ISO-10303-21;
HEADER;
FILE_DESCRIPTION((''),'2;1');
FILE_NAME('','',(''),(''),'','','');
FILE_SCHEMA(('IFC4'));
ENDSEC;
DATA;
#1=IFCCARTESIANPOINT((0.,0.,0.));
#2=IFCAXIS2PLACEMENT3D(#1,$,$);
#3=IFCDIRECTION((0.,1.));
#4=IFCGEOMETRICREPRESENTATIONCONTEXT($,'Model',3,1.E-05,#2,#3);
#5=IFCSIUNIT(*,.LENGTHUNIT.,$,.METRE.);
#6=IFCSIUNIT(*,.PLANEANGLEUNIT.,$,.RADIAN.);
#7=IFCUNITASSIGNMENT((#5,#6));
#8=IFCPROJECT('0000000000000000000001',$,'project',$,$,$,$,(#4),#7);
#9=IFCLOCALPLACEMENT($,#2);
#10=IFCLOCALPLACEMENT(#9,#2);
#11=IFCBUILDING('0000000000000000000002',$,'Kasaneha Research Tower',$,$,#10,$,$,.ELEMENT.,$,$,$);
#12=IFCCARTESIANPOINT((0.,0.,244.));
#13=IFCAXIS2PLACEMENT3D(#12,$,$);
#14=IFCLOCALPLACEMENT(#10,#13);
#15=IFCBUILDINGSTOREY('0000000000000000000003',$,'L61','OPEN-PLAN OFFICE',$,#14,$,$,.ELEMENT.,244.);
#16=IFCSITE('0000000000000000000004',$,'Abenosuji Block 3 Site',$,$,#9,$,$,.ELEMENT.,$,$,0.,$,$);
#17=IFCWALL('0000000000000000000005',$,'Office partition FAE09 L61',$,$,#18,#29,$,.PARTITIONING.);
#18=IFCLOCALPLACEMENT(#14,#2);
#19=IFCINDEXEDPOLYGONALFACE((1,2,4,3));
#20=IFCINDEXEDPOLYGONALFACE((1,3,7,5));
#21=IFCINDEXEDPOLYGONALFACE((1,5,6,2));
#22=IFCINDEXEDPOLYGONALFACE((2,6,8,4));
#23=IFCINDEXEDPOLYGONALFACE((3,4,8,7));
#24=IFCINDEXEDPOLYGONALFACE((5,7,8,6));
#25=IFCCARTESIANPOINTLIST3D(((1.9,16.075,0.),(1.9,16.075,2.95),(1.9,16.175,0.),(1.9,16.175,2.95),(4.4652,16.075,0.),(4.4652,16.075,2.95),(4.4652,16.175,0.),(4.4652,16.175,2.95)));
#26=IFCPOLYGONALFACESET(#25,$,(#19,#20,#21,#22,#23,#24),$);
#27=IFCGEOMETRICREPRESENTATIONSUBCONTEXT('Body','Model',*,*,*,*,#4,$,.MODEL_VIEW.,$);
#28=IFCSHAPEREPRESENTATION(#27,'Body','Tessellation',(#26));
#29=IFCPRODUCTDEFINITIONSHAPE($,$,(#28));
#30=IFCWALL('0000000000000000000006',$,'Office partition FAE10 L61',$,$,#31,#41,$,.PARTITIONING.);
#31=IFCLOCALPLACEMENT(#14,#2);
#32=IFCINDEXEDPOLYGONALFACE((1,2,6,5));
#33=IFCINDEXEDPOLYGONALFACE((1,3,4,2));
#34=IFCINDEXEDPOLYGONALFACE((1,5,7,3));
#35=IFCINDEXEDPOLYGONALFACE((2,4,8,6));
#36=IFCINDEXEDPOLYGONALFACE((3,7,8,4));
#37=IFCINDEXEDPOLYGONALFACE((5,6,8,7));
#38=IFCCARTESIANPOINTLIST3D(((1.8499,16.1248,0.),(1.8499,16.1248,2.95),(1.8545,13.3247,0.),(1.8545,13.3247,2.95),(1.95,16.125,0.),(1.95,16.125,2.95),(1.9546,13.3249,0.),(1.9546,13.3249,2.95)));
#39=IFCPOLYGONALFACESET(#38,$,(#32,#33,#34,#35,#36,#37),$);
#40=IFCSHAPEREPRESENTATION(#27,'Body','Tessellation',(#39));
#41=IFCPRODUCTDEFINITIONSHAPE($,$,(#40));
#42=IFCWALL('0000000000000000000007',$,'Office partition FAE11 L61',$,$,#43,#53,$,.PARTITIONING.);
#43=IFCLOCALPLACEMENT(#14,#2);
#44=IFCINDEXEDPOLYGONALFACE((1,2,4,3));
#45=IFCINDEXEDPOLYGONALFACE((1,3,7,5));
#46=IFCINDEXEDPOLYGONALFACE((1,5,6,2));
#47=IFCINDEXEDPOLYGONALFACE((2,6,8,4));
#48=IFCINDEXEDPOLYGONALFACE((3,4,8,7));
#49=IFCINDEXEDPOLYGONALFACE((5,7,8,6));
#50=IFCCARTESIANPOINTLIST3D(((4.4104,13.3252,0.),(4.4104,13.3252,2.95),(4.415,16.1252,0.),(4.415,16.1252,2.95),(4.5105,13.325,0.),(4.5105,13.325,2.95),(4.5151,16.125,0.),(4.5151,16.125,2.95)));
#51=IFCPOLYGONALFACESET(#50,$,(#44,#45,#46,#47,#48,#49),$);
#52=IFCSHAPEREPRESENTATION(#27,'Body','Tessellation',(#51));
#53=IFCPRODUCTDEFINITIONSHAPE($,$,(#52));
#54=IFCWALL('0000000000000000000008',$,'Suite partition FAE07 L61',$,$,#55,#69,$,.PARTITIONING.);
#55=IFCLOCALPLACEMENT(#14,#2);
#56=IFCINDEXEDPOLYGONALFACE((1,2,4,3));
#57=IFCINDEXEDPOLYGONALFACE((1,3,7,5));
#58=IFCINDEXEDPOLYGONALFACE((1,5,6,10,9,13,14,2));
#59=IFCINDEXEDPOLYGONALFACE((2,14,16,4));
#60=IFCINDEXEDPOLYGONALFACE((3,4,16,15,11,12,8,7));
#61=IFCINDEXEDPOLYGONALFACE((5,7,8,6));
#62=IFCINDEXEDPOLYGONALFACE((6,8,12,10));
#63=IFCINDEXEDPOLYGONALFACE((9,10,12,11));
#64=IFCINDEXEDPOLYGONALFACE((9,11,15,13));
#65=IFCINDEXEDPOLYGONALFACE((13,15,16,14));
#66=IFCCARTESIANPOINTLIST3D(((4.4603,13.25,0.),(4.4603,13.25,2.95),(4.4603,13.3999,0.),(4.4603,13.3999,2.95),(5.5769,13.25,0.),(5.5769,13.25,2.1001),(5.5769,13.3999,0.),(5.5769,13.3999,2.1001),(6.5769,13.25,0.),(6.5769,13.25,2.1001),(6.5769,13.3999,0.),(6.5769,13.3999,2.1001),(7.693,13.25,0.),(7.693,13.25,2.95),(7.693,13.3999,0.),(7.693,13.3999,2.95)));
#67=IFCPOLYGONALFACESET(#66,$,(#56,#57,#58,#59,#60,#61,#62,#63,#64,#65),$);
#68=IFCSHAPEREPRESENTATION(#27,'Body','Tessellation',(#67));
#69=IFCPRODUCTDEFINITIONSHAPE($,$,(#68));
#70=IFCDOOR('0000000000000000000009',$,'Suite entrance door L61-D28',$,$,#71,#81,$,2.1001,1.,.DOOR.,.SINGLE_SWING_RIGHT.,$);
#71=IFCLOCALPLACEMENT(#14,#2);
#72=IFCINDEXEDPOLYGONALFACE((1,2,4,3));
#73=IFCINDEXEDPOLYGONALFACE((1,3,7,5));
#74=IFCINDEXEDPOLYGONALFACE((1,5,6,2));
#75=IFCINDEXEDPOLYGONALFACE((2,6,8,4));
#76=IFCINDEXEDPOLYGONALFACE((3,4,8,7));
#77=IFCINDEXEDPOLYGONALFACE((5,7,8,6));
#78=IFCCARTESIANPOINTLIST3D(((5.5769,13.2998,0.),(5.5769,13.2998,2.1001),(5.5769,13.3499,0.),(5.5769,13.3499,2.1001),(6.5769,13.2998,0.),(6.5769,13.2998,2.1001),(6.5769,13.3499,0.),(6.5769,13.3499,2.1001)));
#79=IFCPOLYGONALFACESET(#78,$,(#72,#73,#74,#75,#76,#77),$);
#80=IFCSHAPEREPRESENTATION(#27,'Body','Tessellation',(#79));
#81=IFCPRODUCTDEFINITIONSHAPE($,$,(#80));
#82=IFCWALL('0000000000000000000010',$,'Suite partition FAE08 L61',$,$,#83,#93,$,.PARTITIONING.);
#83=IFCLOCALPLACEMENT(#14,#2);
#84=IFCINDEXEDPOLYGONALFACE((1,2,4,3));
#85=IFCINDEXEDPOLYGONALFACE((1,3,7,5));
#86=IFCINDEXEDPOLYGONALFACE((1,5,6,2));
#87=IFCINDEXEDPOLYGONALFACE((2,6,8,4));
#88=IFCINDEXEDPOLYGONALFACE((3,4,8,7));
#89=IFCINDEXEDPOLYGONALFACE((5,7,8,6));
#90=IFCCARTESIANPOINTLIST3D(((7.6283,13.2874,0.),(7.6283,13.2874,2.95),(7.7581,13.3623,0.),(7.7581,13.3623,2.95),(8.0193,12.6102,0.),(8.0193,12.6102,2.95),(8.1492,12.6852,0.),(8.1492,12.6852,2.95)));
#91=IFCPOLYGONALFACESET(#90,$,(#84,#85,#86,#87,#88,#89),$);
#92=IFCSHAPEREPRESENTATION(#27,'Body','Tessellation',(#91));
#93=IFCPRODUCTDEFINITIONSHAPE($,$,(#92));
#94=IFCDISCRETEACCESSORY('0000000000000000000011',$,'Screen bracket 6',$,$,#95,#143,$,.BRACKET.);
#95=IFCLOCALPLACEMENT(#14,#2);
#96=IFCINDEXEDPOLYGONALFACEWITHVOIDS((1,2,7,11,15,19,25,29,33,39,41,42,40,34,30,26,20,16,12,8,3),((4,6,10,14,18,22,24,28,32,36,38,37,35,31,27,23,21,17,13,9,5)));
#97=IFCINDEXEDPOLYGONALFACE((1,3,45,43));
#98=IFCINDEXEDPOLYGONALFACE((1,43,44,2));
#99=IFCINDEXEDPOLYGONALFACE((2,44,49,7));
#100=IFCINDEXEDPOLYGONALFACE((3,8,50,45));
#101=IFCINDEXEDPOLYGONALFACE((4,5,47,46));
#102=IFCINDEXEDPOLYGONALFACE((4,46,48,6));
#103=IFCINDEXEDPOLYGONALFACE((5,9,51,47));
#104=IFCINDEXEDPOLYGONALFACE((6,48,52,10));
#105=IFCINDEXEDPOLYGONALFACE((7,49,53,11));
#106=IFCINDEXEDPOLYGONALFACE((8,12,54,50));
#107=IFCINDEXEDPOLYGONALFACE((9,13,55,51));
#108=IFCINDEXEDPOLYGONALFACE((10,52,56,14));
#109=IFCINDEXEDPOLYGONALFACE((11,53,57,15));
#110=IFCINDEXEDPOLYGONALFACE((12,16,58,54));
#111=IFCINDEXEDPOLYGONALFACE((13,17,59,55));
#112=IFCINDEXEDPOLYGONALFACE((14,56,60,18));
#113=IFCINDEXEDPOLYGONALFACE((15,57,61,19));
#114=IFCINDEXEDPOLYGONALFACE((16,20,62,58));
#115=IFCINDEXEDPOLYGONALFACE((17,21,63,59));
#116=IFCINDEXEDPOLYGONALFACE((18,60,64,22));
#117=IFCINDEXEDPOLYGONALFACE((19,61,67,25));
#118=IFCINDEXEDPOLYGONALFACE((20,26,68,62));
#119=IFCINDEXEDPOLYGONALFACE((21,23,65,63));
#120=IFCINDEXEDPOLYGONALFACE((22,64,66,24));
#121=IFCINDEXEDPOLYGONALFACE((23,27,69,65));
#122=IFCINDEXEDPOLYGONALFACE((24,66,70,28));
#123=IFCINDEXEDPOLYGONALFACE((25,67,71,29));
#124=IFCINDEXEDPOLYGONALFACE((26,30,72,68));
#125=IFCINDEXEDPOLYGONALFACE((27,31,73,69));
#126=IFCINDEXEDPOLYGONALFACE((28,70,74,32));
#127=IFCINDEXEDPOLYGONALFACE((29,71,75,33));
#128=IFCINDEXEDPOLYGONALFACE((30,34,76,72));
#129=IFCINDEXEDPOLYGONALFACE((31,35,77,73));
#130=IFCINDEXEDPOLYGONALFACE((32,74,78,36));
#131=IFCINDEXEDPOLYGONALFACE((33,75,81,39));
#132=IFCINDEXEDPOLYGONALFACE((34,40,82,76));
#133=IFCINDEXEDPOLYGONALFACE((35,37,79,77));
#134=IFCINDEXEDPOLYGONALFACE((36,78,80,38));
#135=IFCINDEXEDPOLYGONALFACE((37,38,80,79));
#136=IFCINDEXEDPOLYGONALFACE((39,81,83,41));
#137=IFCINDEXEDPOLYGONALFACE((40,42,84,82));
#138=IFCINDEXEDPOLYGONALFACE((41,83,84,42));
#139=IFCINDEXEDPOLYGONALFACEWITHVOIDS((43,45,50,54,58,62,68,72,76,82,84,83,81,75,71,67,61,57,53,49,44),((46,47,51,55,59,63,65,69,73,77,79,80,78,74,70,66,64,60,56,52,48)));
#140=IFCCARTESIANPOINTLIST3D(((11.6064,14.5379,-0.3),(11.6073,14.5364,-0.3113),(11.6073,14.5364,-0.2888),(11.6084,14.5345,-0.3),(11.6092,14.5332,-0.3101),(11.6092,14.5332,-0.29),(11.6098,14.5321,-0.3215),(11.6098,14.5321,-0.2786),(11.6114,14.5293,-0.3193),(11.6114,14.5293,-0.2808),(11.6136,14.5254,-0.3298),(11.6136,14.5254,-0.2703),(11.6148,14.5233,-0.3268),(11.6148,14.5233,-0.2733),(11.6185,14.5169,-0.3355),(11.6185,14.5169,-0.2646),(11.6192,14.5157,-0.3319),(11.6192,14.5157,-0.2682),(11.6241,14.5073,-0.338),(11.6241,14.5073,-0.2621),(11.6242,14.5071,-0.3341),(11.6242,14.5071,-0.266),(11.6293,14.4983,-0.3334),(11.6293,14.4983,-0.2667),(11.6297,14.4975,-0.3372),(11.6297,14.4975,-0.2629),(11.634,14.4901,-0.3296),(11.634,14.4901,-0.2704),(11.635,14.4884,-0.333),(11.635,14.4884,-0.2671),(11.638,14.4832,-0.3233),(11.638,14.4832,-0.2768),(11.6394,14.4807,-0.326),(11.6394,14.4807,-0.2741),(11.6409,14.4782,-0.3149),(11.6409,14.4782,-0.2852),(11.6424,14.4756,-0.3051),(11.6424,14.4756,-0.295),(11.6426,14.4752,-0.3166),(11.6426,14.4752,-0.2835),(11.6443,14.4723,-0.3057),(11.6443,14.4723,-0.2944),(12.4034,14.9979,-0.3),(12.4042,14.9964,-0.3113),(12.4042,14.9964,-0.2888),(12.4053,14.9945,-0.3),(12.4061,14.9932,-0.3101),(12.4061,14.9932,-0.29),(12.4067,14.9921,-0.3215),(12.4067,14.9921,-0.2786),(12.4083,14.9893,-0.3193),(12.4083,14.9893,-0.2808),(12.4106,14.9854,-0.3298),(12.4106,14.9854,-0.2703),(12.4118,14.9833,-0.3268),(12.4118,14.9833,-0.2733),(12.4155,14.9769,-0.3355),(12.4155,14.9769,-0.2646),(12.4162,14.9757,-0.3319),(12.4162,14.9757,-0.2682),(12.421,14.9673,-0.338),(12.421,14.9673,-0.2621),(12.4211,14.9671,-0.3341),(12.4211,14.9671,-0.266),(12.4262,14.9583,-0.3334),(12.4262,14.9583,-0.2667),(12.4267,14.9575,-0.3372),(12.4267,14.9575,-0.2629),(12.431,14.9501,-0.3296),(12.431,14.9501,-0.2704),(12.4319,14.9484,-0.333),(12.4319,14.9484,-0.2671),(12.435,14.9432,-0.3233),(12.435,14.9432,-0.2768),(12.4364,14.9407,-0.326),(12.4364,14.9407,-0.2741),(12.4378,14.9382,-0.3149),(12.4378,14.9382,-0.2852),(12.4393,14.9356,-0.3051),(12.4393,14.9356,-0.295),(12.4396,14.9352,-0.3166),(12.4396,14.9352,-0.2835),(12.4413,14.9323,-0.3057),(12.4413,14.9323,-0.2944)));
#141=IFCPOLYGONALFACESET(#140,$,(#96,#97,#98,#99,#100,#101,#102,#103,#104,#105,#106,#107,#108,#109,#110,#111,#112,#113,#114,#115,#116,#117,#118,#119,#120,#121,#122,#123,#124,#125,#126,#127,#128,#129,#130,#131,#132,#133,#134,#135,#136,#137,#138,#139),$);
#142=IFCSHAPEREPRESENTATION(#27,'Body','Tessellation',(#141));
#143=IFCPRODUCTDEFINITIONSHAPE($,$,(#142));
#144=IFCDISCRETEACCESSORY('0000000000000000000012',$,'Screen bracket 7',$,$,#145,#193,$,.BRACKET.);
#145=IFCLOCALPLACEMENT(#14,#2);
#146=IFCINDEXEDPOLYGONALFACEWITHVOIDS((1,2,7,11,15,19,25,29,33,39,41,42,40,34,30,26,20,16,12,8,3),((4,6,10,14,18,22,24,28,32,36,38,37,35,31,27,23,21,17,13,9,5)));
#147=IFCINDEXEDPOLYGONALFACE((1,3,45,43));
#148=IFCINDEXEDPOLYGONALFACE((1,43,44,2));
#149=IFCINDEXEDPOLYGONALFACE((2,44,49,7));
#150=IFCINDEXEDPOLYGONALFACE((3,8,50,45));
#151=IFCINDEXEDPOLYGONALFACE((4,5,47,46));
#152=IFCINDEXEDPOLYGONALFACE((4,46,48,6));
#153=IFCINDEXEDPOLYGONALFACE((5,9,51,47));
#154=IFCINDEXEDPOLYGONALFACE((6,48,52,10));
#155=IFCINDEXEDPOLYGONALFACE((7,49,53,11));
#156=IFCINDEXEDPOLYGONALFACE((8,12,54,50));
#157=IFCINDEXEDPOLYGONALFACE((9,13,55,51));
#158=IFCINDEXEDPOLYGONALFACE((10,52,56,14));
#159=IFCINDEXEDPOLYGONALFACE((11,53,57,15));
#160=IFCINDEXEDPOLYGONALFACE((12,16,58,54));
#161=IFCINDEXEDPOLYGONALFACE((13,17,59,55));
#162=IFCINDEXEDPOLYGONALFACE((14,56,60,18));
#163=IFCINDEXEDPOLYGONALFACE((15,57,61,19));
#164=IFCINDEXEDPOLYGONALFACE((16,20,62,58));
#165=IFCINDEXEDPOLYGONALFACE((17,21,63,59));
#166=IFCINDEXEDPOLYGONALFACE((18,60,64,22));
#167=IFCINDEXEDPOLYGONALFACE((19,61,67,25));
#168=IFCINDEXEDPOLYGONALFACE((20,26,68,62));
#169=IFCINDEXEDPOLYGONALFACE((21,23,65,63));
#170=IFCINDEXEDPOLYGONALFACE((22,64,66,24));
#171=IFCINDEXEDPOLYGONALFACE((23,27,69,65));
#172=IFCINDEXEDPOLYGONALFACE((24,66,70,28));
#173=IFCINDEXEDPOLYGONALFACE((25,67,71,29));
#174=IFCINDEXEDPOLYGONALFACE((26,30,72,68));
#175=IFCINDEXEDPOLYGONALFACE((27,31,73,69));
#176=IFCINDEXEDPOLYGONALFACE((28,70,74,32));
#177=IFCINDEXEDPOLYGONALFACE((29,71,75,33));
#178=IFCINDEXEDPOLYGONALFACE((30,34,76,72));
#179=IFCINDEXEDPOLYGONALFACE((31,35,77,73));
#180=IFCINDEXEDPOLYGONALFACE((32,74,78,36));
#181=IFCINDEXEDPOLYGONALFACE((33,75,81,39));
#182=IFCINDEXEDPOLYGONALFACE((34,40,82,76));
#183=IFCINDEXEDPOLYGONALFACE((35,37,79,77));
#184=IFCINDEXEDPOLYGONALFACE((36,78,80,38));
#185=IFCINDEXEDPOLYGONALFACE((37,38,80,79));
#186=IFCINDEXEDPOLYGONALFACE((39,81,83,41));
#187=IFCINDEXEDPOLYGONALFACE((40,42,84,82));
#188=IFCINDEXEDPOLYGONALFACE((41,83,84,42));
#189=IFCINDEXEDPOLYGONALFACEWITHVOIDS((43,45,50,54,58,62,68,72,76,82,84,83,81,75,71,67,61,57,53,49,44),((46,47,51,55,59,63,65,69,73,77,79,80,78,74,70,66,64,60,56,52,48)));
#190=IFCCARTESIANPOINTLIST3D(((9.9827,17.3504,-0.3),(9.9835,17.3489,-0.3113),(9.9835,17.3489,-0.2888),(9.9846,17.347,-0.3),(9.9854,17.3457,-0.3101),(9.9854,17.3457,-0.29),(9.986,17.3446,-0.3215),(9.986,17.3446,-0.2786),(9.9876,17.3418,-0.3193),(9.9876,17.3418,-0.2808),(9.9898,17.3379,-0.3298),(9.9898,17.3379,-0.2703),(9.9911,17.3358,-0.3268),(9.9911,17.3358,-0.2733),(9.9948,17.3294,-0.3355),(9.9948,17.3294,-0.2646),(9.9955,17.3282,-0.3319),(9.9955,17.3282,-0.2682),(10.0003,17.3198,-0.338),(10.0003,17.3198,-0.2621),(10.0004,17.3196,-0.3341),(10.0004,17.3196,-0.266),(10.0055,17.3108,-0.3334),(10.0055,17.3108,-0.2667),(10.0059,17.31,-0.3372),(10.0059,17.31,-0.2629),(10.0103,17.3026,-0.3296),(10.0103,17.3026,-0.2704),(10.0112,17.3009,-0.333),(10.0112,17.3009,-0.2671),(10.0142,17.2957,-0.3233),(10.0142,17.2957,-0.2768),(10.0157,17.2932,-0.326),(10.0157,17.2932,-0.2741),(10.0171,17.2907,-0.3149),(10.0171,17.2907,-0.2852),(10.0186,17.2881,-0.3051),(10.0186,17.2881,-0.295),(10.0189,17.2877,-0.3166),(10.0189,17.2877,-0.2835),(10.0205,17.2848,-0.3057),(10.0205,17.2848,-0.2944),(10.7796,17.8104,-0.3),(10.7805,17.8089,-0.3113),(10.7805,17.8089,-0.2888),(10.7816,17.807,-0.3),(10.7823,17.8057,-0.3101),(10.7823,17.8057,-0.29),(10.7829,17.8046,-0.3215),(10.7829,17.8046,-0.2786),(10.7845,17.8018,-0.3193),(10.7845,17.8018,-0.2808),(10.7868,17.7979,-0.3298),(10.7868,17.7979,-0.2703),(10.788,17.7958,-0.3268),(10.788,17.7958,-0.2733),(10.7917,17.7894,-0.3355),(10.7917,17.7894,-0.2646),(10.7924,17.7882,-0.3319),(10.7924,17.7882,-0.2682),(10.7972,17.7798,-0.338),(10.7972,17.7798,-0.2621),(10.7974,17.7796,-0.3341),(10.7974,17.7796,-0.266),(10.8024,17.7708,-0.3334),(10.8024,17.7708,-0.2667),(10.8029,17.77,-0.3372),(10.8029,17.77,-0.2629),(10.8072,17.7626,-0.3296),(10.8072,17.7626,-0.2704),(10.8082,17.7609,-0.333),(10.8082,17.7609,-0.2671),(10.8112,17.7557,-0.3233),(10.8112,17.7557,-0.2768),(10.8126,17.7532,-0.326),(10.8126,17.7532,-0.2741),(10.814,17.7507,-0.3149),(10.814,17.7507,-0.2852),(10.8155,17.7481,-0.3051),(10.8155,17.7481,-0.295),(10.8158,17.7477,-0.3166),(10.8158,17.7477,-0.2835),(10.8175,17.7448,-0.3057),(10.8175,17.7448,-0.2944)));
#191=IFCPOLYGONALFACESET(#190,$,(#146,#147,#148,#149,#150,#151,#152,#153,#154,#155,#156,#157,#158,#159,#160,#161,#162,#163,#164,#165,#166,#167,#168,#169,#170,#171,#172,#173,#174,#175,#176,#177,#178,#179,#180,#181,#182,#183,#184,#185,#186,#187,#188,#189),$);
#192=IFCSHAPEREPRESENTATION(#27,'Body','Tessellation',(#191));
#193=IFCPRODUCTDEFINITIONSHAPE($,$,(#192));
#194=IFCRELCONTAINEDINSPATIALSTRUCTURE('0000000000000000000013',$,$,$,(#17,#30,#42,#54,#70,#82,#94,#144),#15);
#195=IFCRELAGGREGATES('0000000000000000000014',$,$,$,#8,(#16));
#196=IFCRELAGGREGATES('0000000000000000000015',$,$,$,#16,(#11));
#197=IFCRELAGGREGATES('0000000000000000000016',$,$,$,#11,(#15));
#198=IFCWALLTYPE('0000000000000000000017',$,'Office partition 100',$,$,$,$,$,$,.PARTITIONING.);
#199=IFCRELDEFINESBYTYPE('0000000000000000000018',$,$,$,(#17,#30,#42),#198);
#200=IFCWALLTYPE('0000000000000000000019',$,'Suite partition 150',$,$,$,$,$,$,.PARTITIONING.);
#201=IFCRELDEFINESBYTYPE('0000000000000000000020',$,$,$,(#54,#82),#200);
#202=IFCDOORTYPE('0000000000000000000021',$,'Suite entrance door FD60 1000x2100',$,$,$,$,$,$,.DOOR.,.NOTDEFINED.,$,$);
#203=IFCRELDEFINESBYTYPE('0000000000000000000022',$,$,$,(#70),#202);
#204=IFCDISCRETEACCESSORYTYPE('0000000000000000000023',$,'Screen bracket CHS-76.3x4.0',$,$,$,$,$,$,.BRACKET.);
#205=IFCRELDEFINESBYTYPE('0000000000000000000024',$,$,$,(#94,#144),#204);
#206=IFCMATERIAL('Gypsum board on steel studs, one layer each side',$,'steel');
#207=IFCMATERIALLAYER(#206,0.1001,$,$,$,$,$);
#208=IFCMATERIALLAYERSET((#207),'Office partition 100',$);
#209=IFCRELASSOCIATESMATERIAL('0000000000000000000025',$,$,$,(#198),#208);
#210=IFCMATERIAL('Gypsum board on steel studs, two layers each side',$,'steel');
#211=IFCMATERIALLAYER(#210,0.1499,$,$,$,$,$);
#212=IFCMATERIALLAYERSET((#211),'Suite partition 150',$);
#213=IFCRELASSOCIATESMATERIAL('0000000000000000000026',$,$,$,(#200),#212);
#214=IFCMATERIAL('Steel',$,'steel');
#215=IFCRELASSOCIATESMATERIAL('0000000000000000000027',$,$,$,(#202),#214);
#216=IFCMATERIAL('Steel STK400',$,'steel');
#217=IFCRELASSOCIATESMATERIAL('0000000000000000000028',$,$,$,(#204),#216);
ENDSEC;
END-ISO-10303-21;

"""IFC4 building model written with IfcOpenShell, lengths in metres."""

from ifc_helpers import new_model, si_unit, direction, frame, frame_2d, origin, origin_2d, place, context, subcontext, project, spatial, rectangle, hollow_circle, extrude, material, layer, layer_set, material_profile, profile_set, type_object, element, fill, save


model = new_model("IFC4")

# Units and contexts
model_context = context("Model", 3, precision=1e-05, world=origin(), true_north=direction((0.0, 1.0)))
body_context = subcontext(model_context, "Body", "Model", "MODEL_VIEW")
ifc_project = project(units=[si_unit("LENGTHUNIT", "METRE"), si_unit("PLANEANGLEUNIT", "RADIAN")], contexts=[model_context])

# Site, building, storey
site_placement = place(None, origin())
site = spatial("IfcSite", under=ifc_project, at=site_placement, Name="Abenosuji Block 3 Site", CompositionType="ELEMENT", RefElevation=0.0)
building_placement = place(site_placement, origin())
building = spatial("IfcBuilding", under=site, at=building_placement, Name="Kasaneha Research Tower", CompositionType="ELEMENT")
storey_placement = place(building_placement, frame((0.0, 0.0, 244.0)))
storey = spatial("IfcBuildingStorey", under=building, at=storey_placement, Name="L61", Description="OPEN-PLAN OFFICE", CompositionType="ELEMENT", Elevation=244.0)

# Walls
ifc_material_1 = material(Name="Gypsum board on steel studs, one layer each side", Category="steel")
ifc_layer_1 = layer(ifc_material_1, 0.1001)
ifc_layer_set_1 = layer_set([ifc_layer_1], Name="Office partition 100")
wall_type_1 = type_object("IfcWallType", Name="Office partition 100", PredefinedType="PARTITIONING", material=ifc_layer_set_1)
wall_1_placement = place(storey_placement, frame((1.8999, 16.125, 0.0), z_axis=(0.0, 0.0, 1.0), x_axis=(1.0, 0.0, 0.0)))
element("IfcWall", 1, at=wall_1_placement, inside=storey, type_object=wall_type_1, Name="Office partition FAE09 L61", PredefinedType="PARTITIONING", context=body_context, shape_type="SweptSolid", body=[
    extrude(rectangle(XDim=2.5652, YDim=0.1001, at=frame_2d((1.2827, 0.0))), origin(), (0.0, 0.0, 1.0), 2.95),
])
for number, where, z_axis, x_axis, name in (
    (2, (1.9045, 13.325, 0.0), (0.0, 0.0, 1.0), (-0.001657, 0.999999, 0.0), "Office partition FAE10 L61"),
    (3, (4.4651, 16.125, 0.0), (0.0, 0.0, 1.0), (-0.001657, -0.999999, 0.0), "Office partition FAE11 L61"),
):
    element("IfcWall", number, at=place(storey_placement, frame(where, z_axis=z_axis, x_axis=x_axis)), inside=storey, type_object=wall_type_1, Name=name, PredefinedType="PARTITIONING", context=body_context, shape_type="SweptSolid", body=[
        extrude(rectangle(XDim=2.8, YDim=0.1001, at=frame_2d((1.3999, 0.0))), origin(), (0.0, 0.0, 1.0), 2.95),
    ])

# Wall, opening, door
ifc_material_2 = material(Name="Gypsum board on steel studs, two layers each side", Category="steel")
ifc_layer_2 = layer(ifc_material_2, 0.1499)
ifc_layer_set_2 = layer_set([ifc_layer_2], Name="Suite partition 150")
wall_type_2 = type_object("IfcWallType", Name="Suite partition 150", PredefinedType="PARTITIONING", material=ifc_layer_set_2)
wall_2_placement = place(storey_placement, frame((4.4604, 13.325, 0.0), z_axis=(0.0, 0.0, 1.0), x_axis=(1.0, 0.0, 0.0)))
wall_2 = element("IfcWall", 4, at=wall_2_placement, inside=storey, type_object=wall_type_2, Name="Suite partition FAE07 L61", PredefinedType="PARTITIONING", context=body_context, shape_type="SweptSolid", body=[
    extrude(rectangle(XDim=3.2327, YDim=0.1499, at=frame_2d((1.6162, 0.0))), origin(), (0.0, 0.0, 1.0), 2.95),
])
opening_placement = place(wall_2_placement, frame((1.1165, 0.0, 0.0)))
opening = element("IfcOpeningElement", 5, at=opening_placement, cuts=wall_2, PredefinedType="OPENING", context=body_context, shape_type="SweptSolid", body=[
    extrude(rectangle(XDim=1.0, YDim=2.1001, at=frame_2d((0.5, 1.05))), frame((0.0, 0.085, 0.0), z_axis=(0.0, -1.0, 0.0), x_axis=(1.0, 0.0, 0.0)), (0.0, 0.0, 1.0), 0.1699),
])
ifc_material_3 = material(Name="Steel", Category="steel")
door_type = type_object("IfcDoorType", Name="Suite entrance door FD60 1000x2100", OperationType="NOTDEFINED", PredefinedType="DOOR", material=ifc_material_3)
door_placement = place(opening_placement, origin())
door = element("IfcDoor", 6, at=door_placement, inside=storey, type_object=door_type, Name="Suite entrance door L61-D28", OperationType="SINGLE_SWING_RIGHT", OverallHeight=2.1001, OverallWidth=1.0, PredefinedType="DOOR", context=body_context, shape_type="SweptSolid", body=[
    extrude(rectangle(XDim=1.0, YDim=2.1001, at=frame_2d((0.5, 1.05))), frame((0.0, 0.0249, 0.0), z_axis=(0.0, -1.0, 0.0), x_axis=(1.0, 0.0, 0.0)), (0.0, 0.0, 1.0), 0.05),
])
fill(opening, door)

# Wall
wall_3_placement = place(storey_placement, frame((7.6931, 13.325, 0.0), z_axis=(0.0, 0.0, 1.0), x_axis=(0.500101, -0.865967, 0.0)))
element("IfcWall", 7, at=wall_3_placement, inside=storey, type_object=wall_type_2, Name="Suite partition FAE08 L61", PredefinedType="PARTITIONING", context=body_context, shape_type="SweptSolid", body=[
    extrude(rectangle(XDim=0.782, YDim=0.1499, at=frame_2d((0.3911, 0.0))), origin(), (0.0, 0.0, 1.0), 2.95),
])

# Discrete accessories
ifc_material_4 = material(Name="Steel STK400", Category="steel")
ifc_material_profile_1 = material_profile(ifc_material_4, hollow_circle(Radius=0.0381, WallThickness=0.0039, at=origin_2d()), Name="CHS-76.3x4.0")
ifc_profile_set_1 = profile_set([ifc_material_profile_1], Name="Steel STK400")
discrete_accessory_type = type_object("IfcDiscreteAccessoryType", Name="Screen bracket CHS-76.3x4.0", PredefinedType="BRACKET", material=ifc_profile_set_1)
for number, where, z_axis, x_axis, name in (
    (8, (11.6255, 14.5049, -0.3), (0.86608, 0.499906, 0.0), (-0.499906, 0.86608, 0.0), "Screen bracket 6"),
    (9, (10.0017, 17.3174, -0.3), (0.86608, 0.499906, 0.0), (-0.499906, 0.86608, 0.0), "Screen bracket 7"),
):
    element("IfcDiscreteAccessory", number, at=place(storey_placement, frame(where, z_axis=z_axis, x_axis=x_axis)), inside=storey, type_object=discrete_accessory_type, Name=name, PredefinedType="BRACKET", context=body_context, shape_type="SweptSolid", body=[
        extrude(hollow_circle(Radius=0.0381, WallThickness=0.0039, at=origin_2d()), origin(), (0.0, 0.0, 1.0), 0.9202),
    ])

save(model, "model.ifc")
